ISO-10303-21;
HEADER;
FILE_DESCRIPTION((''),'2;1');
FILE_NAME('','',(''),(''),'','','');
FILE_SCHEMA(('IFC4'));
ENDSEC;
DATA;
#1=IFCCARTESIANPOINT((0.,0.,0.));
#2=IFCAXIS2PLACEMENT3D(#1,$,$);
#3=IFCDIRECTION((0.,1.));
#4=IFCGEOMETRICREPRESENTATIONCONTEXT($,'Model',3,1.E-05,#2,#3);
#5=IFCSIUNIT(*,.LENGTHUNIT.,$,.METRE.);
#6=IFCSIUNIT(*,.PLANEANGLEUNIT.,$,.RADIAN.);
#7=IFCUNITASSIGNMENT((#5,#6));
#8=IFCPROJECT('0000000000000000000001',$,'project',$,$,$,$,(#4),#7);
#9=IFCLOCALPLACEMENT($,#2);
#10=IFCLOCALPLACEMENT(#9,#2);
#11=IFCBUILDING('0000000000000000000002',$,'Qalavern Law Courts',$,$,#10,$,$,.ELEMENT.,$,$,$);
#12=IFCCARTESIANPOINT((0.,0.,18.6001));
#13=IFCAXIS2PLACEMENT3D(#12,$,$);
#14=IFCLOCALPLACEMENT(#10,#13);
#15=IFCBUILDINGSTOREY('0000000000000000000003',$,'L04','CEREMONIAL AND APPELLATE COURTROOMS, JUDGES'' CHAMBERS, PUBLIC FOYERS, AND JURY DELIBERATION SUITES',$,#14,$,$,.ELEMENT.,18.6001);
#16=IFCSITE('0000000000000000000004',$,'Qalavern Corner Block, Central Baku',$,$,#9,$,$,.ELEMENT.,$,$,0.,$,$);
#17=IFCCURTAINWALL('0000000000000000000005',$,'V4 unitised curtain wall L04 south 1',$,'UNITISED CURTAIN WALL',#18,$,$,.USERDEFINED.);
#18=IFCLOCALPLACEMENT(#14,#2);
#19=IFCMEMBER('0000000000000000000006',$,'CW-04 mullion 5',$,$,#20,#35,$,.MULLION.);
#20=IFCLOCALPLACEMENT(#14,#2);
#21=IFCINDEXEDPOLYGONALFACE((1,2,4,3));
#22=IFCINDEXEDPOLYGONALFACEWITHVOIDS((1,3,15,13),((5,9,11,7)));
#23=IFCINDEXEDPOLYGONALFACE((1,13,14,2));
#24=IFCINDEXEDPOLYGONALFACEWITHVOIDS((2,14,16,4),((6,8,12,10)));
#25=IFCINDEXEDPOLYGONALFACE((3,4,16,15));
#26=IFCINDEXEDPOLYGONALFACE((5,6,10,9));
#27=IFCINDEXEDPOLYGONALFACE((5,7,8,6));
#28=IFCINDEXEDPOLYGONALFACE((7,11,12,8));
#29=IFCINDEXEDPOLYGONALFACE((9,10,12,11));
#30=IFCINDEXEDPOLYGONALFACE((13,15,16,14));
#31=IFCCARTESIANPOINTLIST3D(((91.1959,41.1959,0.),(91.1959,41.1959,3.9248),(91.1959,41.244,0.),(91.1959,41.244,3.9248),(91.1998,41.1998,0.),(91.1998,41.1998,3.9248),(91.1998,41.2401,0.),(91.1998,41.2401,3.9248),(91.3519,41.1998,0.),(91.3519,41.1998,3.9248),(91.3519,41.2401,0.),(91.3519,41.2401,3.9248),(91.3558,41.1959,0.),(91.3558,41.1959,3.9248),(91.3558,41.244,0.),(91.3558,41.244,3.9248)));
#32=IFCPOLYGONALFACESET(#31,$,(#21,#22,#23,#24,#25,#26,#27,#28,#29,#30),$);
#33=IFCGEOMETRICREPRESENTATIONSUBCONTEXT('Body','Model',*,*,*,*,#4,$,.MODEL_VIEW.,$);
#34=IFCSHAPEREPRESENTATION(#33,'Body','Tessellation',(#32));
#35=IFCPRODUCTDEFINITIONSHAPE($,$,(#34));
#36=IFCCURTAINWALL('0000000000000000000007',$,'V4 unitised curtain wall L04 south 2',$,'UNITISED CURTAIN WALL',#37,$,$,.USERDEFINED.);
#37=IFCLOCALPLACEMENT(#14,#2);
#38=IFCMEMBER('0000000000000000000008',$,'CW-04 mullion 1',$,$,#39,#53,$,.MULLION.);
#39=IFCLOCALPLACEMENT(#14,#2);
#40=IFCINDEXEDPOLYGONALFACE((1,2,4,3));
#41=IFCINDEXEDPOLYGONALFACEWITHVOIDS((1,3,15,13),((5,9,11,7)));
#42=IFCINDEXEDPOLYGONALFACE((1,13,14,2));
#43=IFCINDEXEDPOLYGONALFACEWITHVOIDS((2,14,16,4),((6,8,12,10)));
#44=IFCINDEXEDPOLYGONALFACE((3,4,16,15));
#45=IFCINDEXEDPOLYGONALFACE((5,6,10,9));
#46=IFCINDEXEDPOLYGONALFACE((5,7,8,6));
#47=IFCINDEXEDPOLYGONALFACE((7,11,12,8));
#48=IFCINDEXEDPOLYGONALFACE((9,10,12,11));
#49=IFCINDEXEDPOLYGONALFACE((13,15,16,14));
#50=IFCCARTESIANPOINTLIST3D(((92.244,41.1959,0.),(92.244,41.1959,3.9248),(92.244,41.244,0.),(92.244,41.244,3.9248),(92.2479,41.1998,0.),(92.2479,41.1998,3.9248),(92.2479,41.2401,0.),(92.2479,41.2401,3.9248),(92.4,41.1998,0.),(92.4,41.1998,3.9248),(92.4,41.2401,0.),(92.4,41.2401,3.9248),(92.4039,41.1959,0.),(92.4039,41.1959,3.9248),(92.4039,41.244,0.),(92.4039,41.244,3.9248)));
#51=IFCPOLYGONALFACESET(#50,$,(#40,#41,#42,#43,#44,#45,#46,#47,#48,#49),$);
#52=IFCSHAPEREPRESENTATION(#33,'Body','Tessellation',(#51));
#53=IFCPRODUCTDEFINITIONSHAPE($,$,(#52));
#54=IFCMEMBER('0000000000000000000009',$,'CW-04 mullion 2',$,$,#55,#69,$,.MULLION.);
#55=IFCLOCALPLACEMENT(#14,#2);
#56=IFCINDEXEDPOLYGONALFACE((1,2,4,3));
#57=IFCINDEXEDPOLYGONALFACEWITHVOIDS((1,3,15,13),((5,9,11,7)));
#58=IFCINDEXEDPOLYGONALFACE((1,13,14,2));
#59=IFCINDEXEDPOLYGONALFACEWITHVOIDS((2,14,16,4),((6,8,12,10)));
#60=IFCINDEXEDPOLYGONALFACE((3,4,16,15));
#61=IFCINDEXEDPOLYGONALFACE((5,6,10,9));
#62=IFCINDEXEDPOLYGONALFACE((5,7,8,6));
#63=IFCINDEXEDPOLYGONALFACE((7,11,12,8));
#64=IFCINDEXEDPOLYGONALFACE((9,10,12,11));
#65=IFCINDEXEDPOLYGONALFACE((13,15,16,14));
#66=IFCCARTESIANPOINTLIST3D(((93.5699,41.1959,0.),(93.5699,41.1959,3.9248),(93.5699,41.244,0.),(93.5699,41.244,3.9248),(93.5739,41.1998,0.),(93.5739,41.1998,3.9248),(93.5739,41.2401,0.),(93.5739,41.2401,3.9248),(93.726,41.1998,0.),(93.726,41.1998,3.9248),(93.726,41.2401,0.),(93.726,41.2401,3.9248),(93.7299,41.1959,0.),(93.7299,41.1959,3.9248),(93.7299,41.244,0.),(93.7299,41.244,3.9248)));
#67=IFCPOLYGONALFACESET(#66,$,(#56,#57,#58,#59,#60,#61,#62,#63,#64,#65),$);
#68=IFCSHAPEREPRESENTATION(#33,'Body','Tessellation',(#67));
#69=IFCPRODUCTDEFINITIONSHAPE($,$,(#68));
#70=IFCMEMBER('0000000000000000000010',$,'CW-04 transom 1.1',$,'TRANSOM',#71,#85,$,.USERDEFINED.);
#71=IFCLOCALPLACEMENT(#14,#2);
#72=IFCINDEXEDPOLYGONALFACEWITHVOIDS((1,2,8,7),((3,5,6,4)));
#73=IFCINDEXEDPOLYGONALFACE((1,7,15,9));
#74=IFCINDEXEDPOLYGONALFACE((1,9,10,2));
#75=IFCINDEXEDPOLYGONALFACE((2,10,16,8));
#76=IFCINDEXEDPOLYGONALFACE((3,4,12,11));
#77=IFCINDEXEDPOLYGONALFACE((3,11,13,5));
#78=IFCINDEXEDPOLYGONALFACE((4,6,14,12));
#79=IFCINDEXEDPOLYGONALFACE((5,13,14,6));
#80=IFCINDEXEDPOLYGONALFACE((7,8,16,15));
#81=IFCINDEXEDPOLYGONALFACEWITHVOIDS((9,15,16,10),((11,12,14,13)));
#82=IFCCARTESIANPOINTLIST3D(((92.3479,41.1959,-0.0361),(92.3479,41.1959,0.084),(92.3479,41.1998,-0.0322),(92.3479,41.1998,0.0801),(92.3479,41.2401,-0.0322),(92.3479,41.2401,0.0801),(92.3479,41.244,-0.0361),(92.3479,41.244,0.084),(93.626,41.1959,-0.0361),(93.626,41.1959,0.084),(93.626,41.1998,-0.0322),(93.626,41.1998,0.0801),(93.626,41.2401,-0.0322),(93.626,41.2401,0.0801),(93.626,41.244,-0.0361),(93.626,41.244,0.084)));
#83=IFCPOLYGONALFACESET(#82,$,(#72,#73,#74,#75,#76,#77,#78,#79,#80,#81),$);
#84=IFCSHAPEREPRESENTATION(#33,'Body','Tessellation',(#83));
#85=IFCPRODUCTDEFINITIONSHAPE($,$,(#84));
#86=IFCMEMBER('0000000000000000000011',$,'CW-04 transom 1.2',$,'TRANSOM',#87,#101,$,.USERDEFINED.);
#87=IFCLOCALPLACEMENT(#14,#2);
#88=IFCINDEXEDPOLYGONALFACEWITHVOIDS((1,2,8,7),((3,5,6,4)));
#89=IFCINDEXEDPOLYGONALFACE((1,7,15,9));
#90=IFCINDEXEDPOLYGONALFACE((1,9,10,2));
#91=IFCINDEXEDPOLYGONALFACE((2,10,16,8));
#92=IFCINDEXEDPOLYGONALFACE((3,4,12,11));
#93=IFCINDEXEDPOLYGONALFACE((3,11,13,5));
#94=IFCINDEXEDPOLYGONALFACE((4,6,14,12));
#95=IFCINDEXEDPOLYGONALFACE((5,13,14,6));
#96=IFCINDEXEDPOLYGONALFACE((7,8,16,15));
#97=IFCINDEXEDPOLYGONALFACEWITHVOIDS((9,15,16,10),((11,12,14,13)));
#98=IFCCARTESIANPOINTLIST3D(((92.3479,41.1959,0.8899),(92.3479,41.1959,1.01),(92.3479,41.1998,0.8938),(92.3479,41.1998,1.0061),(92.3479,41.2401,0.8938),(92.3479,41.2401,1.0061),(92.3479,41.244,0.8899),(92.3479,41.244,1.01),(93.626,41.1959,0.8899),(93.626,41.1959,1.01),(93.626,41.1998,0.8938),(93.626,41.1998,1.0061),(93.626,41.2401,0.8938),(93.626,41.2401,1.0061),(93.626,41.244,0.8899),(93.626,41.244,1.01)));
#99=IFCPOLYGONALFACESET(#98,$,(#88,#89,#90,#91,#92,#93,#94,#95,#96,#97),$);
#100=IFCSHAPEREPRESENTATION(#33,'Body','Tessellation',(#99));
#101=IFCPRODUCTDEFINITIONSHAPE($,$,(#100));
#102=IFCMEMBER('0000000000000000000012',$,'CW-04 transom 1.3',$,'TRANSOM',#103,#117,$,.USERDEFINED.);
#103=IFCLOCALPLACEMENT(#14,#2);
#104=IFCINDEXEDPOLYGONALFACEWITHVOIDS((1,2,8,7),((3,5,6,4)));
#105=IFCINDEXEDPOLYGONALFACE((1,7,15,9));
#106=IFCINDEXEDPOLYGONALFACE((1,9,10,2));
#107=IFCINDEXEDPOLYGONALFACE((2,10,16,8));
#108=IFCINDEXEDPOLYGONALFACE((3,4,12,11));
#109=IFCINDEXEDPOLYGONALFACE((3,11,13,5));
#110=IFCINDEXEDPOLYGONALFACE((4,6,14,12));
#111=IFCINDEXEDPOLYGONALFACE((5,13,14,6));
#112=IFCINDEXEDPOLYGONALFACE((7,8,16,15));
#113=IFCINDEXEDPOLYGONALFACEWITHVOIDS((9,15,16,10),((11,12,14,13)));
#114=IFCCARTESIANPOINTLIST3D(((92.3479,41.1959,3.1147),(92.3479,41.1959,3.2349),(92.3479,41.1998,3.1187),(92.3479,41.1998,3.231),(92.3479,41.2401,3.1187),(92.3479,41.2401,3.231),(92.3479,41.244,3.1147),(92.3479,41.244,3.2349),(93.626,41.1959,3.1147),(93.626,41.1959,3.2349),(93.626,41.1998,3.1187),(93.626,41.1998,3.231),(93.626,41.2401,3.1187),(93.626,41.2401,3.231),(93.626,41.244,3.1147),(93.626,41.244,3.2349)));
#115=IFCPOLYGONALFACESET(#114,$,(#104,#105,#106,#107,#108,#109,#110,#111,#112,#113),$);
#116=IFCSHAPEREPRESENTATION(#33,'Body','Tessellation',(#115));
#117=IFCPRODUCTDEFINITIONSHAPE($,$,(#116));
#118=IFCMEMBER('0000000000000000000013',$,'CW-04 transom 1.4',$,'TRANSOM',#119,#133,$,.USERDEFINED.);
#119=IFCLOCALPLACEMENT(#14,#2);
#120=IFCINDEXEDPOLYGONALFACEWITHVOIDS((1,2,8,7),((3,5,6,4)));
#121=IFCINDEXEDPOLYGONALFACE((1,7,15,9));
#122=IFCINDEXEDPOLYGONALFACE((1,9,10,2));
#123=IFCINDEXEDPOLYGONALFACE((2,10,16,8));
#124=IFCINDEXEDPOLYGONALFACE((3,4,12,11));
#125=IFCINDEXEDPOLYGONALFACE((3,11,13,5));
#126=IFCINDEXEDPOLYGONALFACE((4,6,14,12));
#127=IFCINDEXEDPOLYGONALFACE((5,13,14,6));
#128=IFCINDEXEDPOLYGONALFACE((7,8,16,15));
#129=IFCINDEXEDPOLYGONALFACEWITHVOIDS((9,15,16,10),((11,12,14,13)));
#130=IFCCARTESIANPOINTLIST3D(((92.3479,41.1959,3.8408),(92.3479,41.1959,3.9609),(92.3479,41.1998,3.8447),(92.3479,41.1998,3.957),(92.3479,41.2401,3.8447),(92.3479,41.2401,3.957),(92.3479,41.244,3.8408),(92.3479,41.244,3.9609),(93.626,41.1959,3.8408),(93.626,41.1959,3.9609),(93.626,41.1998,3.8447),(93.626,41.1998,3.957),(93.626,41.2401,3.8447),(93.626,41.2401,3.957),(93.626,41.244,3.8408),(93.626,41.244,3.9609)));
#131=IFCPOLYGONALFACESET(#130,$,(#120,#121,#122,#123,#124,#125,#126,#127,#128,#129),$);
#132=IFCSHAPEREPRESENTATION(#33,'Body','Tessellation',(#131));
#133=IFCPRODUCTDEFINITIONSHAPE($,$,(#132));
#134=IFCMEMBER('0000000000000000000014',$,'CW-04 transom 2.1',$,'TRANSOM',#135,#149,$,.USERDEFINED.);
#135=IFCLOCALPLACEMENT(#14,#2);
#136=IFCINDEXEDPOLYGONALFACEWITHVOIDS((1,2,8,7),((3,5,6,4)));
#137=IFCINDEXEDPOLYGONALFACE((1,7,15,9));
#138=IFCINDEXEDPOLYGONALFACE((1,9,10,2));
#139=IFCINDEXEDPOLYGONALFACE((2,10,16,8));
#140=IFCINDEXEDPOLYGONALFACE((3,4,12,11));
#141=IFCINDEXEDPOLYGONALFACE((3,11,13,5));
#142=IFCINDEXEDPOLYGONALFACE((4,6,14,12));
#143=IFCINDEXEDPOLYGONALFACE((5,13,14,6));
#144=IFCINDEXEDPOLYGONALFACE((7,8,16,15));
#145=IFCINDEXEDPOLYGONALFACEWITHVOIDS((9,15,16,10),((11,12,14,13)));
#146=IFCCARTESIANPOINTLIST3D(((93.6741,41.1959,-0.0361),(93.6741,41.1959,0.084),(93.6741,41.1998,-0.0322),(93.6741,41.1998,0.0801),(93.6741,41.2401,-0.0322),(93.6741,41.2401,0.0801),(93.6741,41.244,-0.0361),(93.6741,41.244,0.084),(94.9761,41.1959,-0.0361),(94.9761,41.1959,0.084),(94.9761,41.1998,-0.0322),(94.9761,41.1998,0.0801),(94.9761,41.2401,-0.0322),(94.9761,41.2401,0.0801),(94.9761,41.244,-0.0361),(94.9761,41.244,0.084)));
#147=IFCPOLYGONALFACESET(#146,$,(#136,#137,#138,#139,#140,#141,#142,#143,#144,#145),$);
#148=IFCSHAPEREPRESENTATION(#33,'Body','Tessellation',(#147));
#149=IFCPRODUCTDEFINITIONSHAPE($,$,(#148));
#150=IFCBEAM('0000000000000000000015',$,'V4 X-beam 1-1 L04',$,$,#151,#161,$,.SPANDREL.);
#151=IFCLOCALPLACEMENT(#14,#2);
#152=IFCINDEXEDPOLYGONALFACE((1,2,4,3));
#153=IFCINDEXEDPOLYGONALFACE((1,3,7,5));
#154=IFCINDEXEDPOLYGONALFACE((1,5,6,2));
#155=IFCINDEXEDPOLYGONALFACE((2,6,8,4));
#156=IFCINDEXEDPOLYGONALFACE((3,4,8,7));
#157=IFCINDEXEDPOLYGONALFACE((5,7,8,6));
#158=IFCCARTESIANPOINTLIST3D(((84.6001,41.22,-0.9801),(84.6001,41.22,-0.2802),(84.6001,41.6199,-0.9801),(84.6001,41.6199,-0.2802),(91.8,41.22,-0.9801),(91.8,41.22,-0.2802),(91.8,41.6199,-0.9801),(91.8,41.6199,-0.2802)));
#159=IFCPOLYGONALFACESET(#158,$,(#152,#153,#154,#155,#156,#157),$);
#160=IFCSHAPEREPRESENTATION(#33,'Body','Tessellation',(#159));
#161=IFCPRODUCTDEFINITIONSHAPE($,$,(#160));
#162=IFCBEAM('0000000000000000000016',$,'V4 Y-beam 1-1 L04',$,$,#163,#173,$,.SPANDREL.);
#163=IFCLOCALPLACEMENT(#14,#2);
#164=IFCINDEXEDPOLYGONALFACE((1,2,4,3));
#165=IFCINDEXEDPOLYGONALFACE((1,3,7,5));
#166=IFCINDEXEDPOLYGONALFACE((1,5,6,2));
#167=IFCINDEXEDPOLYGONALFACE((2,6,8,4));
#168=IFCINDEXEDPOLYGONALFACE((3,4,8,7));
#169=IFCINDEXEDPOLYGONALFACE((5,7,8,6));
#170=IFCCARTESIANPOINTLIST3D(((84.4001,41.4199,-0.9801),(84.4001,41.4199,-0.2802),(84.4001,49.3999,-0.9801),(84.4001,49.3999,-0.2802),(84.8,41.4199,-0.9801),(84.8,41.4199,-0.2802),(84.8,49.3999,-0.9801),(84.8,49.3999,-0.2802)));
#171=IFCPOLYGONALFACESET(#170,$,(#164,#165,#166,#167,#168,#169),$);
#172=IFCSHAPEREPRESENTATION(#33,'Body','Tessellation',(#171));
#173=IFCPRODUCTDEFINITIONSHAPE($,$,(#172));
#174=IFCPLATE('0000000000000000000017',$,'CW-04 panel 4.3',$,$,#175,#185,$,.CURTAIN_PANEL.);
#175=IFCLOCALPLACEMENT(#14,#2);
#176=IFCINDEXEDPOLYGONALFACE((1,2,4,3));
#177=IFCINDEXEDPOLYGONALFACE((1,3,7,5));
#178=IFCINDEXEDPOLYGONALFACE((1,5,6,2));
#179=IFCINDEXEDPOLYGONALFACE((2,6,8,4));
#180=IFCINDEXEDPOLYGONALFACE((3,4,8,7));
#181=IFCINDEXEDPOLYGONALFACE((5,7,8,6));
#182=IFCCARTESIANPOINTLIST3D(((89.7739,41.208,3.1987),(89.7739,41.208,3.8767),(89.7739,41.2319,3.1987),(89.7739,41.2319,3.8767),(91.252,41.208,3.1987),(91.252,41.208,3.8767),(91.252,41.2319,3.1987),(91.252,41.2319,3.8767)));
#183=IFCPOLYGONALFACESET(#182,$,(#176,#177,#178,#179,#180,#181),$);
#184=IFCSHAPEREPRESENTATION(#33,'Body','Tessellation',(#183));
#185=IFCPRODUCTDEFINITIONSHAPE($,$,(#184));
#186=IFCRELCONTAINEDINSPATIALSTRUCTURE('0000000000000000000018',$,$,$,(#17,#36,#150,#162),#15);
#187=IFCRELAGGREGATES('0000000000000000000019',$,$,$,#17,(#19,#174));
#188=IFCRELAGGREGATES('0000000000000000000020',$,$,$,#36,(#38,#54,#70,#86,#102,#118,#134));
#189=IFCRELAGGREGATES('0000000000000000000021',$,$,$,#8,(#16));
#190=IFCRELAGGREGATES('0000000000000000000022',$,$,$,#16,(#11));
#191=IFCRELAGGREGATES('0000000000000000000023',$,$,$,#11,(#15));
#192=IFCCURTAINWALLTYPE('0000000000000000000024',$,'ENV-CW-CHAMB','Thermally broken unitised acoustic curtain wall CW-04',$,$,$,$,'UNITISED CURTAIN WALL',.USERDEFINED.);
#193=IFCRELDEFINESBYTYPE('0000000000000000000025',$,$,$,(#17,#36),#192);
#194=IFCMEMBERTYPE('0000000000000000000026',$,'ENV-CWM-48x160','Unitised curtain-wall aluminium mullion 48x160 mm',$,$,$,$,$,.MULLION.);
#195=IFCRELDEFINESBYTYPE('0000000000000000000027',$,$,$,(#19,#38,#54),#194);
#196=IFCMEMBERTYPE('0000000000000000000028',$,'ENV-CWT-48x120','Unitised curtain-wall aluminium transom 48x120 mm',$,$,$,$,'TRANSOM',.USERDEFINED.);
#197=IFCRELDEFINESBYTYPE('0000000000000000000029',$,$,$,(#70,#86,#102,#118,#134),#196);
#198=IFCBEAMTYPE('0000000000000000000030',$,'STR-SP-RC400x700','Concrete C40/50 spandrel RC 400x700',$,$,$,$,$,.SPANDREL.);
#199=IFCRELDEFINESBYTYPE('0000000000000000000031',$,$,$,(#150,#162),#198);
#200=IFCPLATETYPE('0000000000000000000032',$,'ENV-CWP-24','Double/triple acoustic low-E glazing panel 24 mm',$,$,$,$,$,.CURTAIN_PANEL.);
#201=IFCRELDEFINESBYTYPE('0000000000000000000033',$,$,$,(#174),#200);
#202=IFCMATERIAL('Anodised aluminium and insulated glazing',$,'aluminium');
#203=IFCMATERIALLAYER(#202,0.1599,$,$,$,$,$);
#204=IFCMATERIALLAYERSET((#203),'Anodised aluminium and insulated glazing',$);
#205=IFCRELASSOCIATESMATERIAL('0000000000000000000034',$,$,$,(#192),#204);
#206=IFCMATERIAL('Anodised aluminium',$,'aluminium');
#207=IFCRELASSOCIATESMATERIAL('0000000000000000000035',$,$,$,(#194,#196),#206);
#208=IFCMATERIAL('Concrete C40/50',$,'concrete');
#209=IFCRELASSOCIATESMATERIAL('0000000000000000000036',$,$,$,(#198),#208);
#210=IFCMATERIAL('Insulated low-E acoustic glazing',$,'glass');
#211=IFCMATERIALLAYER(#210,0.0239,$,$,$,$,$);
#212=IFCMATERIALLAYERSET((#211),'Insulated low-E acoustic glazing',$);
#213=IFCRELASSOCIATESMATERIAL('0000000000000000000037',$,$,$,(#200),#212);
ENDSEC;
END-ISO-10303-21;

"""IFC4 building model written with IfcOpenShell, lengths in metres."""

from ifc_helpers import new_model, si_unit, direction, frame, origin, origin_2d, place, context, subcontext, project, spatial, rectangle, hollow_rectangle, extrude, material, layer, layer_set, material_profile, profile_set, type_object, element, aggregate, save


model = new_model("IFC4")

# Units and contexts
model_context = context("Model", 3, precision=1e-05, world=origin(), true_north=direction((0.0, 1.0)))
body_context = subcontext(model_context, "Body", "Model", "MODEL_VIEW")
ifc_project = project(units=[si_unit("LENGTHUNIT", "METRE"), si_unit("PLANEANGLEUNIT", "RADIAN")], contexts=[model_context])

# Site, building, storey
site_placement = place(None, origin())
site = spatial("IfcSite", under=ifc_project, at=site_placement, Name="Qalavern Corner Block, Central Baku", CompositionType="ELEMENT", RefElevation=0.0)
building_placement = place(site_placement, origin())
building = spatial("IfcBuilding", under=site, at=building_placement, Name="Qalavern Law Courts", CompositionType="ELEMENT")
storey_placement = place(building_placement, frame((0.0, 0.0, 18.6001)))
storey = spatial("IfcBuildingStorey", under=building, at=storey_placement, Name="L04", Description="CEREMONIAL AND APPELLATE COURTROOMS, JUDGES' CHAMBERS, PUBLIC FOYERS, AND JURY DELIBERATION SUITES", CompositionType="ELEMENT", Elevation=18.6001)

# Curtain wall, member
ifc_material_1 = material(Name="Anodised aluminium and insulated glazing", Category="aluminium")
ifc_layer_1 = layer(ifc_material_1, 0.1599)
ifc_layer_set_1 = layer_set([ifc_layer_1], Name="Anodised aluminium and insulated glazing")
curtain_wall_type = type_object("IfcCurtainWallType", Name="ENV-CW-CHAMB", Description="Thermally broken unitised acoustic curtain wall CW-04", ElementType="UNITISED CURTAIN WALL", PredefinedType="USERDEFINED", material=ifc_layer_set_1)
curtain_wall_1_placement = place(storey_placement, origin())
curtain_wall_1 = element("IfcCurtainWall", 1, at=curtain_wall_1_placement, inside=storey, type_object=curtain_wall_type, Name="V4 unitised curtain wall L04 south 1", ObjectType="UNITISED CURTAIN WALL", PredefinedType="USERDEFINED")
ifc_material_2 = material(Name="Anodised aluminium", Category="aluminium")
ifc_material_profile_1 = material_profile(ifc_material_2, hollow_rectangle(XDim=0.0481, YDim=0.1599, WallThickness=0.0039, at=origin_2d()), Name="ALU MULLION 48x160")
ifc_profile_set_1 = profile_set([ifc_material_profile_1], Name="Anodised aluminium")
member_type_1 = type_object("IfcMemberType", Name="ENV-CWM-48x160", Description="Unitised curtain-wall aluminium mullion 48x160 mm", PredefinedType="MULLION", material=ifc_profile_set_1)
member_1_placement = place(storey_placement, frame((91.2759, 41.22, 0.0), z_axis=(0.0, 0.0, 1.0), x_axis=(0.0, 1.0, 0.0)))
member_1 = element("IfcMember", 2, at=member_1_placement, type_object=member_type_1, Name="CW-04 mullion 5", PredefinedType="MULLION", context=body_context, shape_type="SweptSolid", body=[
    extrude(hollow_rectangle(XDim=0.0481, YDim=0.1599, WallThickness=0.0039, at=origin_2d()), origin(), (0.0, 0.0, 1.0), 3.9248),
])

# Curtain wall, members
curtain_wall_2_placement = place(storey_placement, origin())
curtain_wall_2 = element("IfcCurtainWall", 3, at=curtain_wall_2_placement, inside=storey, type_object=curtain_wall_type, Name="V4 unitised curtain wall L04 south 2", ObjectType="UNITISED CURTAIN WALL", PredefinedType="USERDEFINED")
member_2_placement = place(storey_placement, frame((92.324, 41.22, 0.0), z_axis=(0.0, 0.0, 1.0), x_axis=(0.0, 1.0, 0.0)))
member_2 = element("IfcMember", 4, at=member_2_placement, type_object=member_type_1, Name="CW-04 mullion 1", PredefinedType="MULLION", context=body_context, shape_type="SweptSolid", body=[
    extrude(hollow_rectangle(XDim=0.0481, YDim=0.1599, WallThickness=0.0039, at=origin_2d()), origin(), (0.0, 0.0, 1.0), 3.9248),
])
member_3_placement = place(storey_placement, frame((93.6499, 41.22, 0.0), z_axis=(0.0, 0.0, 1.0), x_axis=(0.0, 1.0, 0.0)))
member_3 = element("IfcMember", 5, at=member_3_placement, type_object=member_type_1, Name="CW-04 mullion 2", PredefinedType="MULLION", context=body_context, shape_type="SweptSolid", body=[
    extrude(hollow_rectangle(XDim=0.0481, YDim=0.1599, WallThickness=0.0039, at=origin_2d()), origin(), (0.0, 0.0, 1.0), 3.9248),
])
ifc_material_profile_2 = material_profile(ifc_material_2, hollow_rectangle(XDim=0.0481, YDim=0.1201, WallThickness=0.0039, at=origin_2d()), Name="ALU TRANSOM 48x120")
ifc_profile_set_2 = profile_set([ifc_material_profile_2], Name="Anodised aluminium")
member_type_2 = type_object("IfcMemberType", Name="ENV-CWT-48x120", Description="Unitised curtain-wall aluminium transom 48x120 mm", ElementType="TRANSOM", PredefinedType="USERDEFINED", material=ifc_profile_set_2)
member_4_placement = place(storey_placement, frame((92.3479, 41.22, 0.0239), z_axis=(1.0, 0.0, 0.0), x_axis=(0.0, 1.0, 0.0)))
member_4 = element("IfcMember", 6, at=member_4_placement, type_object=member_type_2, Name="CW-04 transom 1.1", ObjectType="TRANSOM", PredefinedType="USERDEFINED", context=body_context, shape_type="SweptSolid", body=[
    extrude(hollow_rectangle(XDim=0.0481, YDim=0.1201, WallThickness=0.0039, at=origin_2d()), origin(), (0.0, 0.0, 1.0), 1.2781),
])
member_5_placement = place(storey_placement, frame((92.3479, 41.22, 0.95), z_axis=(1.0, 0.0, 0.0), x_axis=(0.0, 1.0, 0.0)))
member_5 = element("IfcMember", 7, at=member_5_placement, type_object=member_type_2, Name="CW-04 transom 1.2", ObjectType="TRANSOM", PredefinedType="USERDEFINED", context=body_context, shape_type="SweptSolid", body=[
    extrude(hollow_rectangle(XDim=0.0481, YDim=0.1201, WallThickness=0.0039, at=origin_2d()), origin(), (0.0, 0.0, 1.0), 1.2781),
])
member_6_placement = place(storey_placement, frame((92.3479, 41.22, 3.1748), z_axis=(1.0, 0.0, 0.0), x_axis=(0.0, 1.0, 0.0)))
member_6 = element("IfcMember", 8, at=member_6_placement, type_object=member_type_2, Name="CW-04 transom 1.3", ObjectType="TRANSOM", PredefinedType="USERDEFINED", context=body_context, shape_type="SweptSolid", body=[
    extrude(hollow_rectangle(XDim=0.0481, YDim=0.1201, WallThickness=0.0039, at=origin_2d()), origin(), (0.0, 0.0, 1.0), 1.2781),
])
member_7_placement = place(storey_placement, frame((92.3479, 41.22, 3.9009), z_axis=(1.0, 0.0, 0.0), x_axis=(0.0, 1.0, 0.0)))
member_7 = element("IfcMember", 9, at=member_7_placement, type_object=member_type_2, Name="CW-04 transom 1.4", ObjectType="TRANSOM", PredefinedType="USERDEFINED", context=body_context, shape_type="SweptSolid", body=[
    extrude(hollow_rectangle(XDim=0.0481, YDim=0.1201, WallThickness=0.0039, at=origin_2d()), origin(), (0.0, 0.0, 1.0), 1.2781),
])
member_8_placement = place(storey_placement, frame((93.6741, 41.22, 0.0239), z_axis=(1.0, 0.0, 0.0), x_axis=(0.0, 1.0, 0.0)))
member_8 = element("IfcMember", 10, at=member_8_placement, type_object=member_type_2, Name="CW-04 transom 2.1", ObjectType="TRANSOM", PredefinedType="USERDEFINED", context=body_context, shape_type="SweptSolid", body=[
    extrude(hollow_rectangle(XDim=0.0481, YDim=0.1201, WallThickness=0.0039, at=origin_2d()), origin(), (0.0, 0.0, 1.0), 1.302),
])

# Beams
ifc_material_3 = material(Name="Concrete C40/50", Category="concrete")
ifc_material_profile_3 = material_profile(ifc_material_3, rectangle(XDim=0.3999, YDim=0.7, at=origin_2d()), Name="RC 400x700")
ifc_profile_set_3 = profile_set([ifc_material_profile_3], Name="Concrete C40/50")
beam_type = type_object("IfcBeamType", Name="STR-SP-RC400x700", Description="Concrete C40/50 spandrel RC 400x700", PredefinedType="SPANDREL", material=ifc_profile_set_3)
beam_1_placement = place(storey_placement, frame((84.6001, 41.4199, -0.6301), z_axis=(1.0, 0.0, 0.0), x_axis=(0.0, 1.0, 0.0)))
element("IfcBeam", 11, at=beam_1_placement, inside=storey, type_object=beam_type, Name="V4 X-beam 1-1 L04", PredefinedType="SPANDREL", context=body_context, shape_type="SweptSolid", body=[
    extrude(rectangle(XDim=0.3999, YDim=0.7, at=origin_2d()), origin(), (0.0, 0.0, 1.0), 7.2),
])
beam_2_placement = place(storey_placement, frame((84.6001, 41.4199, -0.6301), z_axis=(0.0, 1.0, 0.0), x_axis=(-1.0, 0.0, 0.0)))
element("IfcBeam", 12, at=beam_2_placement, inside=storey, type_object=beam_type, Name="V4 Y-beam 1-1 L04", PredefinedType="SPANDREL", context=body_context, shape_type="SweptSolid", body=[
    extrude(rectangle(XDim=0.3999, YDim=0.7, at=origin_2d()), origin(), (0.0, 0.0, 1.0), 7.98),
])

# Plate
ifc_material_4 = material(Name="Insulated low-E acoustic glazing", Category="glass")
ifc_layer_2 = layer(ifc_material_4, 0.0239)
ifc_layer_set_2 = layer_set([ifc_layer_2], Name="Insulated low-E acoustic glazing")
plate_type_1 = type_object("IfcPlateType", Name="ENV-CWP-24", Description="Double/triple acoustic low-E glazing panel 24 mm", PredefinedType="CURTAIN_PANEL", material=ifc_layer_set_2)
plate_1_placement = place(storey_placement, frame((90.5129, 41.22, 3.1987), z_axis=(0.0, 0.0, 1.0), x_axis=(1.0, 0.0, 0.0)))
plate_1 = element("IfcPlate", 13, at=plate_1_placement, type_object=plate_type_1, Name="CW-04 panel 4.3", PredefinedType="CURTAIN_PANEL", context=body_context, shape_type="SweptSolid", body=[
    extrude(rectangle(XDim=1.478, YDim=0.0239, at=origin_2d()), origin(), (0.0, 0.0, 1.0), 0.678),
])
aggregate(curtain_wall_1, [member_1, plate_1])
aggregate(curtain_wall_2, [member_2, member_3, member_4, member_5, member_6, member_7, member_8])

save(model, "model.ifc")
